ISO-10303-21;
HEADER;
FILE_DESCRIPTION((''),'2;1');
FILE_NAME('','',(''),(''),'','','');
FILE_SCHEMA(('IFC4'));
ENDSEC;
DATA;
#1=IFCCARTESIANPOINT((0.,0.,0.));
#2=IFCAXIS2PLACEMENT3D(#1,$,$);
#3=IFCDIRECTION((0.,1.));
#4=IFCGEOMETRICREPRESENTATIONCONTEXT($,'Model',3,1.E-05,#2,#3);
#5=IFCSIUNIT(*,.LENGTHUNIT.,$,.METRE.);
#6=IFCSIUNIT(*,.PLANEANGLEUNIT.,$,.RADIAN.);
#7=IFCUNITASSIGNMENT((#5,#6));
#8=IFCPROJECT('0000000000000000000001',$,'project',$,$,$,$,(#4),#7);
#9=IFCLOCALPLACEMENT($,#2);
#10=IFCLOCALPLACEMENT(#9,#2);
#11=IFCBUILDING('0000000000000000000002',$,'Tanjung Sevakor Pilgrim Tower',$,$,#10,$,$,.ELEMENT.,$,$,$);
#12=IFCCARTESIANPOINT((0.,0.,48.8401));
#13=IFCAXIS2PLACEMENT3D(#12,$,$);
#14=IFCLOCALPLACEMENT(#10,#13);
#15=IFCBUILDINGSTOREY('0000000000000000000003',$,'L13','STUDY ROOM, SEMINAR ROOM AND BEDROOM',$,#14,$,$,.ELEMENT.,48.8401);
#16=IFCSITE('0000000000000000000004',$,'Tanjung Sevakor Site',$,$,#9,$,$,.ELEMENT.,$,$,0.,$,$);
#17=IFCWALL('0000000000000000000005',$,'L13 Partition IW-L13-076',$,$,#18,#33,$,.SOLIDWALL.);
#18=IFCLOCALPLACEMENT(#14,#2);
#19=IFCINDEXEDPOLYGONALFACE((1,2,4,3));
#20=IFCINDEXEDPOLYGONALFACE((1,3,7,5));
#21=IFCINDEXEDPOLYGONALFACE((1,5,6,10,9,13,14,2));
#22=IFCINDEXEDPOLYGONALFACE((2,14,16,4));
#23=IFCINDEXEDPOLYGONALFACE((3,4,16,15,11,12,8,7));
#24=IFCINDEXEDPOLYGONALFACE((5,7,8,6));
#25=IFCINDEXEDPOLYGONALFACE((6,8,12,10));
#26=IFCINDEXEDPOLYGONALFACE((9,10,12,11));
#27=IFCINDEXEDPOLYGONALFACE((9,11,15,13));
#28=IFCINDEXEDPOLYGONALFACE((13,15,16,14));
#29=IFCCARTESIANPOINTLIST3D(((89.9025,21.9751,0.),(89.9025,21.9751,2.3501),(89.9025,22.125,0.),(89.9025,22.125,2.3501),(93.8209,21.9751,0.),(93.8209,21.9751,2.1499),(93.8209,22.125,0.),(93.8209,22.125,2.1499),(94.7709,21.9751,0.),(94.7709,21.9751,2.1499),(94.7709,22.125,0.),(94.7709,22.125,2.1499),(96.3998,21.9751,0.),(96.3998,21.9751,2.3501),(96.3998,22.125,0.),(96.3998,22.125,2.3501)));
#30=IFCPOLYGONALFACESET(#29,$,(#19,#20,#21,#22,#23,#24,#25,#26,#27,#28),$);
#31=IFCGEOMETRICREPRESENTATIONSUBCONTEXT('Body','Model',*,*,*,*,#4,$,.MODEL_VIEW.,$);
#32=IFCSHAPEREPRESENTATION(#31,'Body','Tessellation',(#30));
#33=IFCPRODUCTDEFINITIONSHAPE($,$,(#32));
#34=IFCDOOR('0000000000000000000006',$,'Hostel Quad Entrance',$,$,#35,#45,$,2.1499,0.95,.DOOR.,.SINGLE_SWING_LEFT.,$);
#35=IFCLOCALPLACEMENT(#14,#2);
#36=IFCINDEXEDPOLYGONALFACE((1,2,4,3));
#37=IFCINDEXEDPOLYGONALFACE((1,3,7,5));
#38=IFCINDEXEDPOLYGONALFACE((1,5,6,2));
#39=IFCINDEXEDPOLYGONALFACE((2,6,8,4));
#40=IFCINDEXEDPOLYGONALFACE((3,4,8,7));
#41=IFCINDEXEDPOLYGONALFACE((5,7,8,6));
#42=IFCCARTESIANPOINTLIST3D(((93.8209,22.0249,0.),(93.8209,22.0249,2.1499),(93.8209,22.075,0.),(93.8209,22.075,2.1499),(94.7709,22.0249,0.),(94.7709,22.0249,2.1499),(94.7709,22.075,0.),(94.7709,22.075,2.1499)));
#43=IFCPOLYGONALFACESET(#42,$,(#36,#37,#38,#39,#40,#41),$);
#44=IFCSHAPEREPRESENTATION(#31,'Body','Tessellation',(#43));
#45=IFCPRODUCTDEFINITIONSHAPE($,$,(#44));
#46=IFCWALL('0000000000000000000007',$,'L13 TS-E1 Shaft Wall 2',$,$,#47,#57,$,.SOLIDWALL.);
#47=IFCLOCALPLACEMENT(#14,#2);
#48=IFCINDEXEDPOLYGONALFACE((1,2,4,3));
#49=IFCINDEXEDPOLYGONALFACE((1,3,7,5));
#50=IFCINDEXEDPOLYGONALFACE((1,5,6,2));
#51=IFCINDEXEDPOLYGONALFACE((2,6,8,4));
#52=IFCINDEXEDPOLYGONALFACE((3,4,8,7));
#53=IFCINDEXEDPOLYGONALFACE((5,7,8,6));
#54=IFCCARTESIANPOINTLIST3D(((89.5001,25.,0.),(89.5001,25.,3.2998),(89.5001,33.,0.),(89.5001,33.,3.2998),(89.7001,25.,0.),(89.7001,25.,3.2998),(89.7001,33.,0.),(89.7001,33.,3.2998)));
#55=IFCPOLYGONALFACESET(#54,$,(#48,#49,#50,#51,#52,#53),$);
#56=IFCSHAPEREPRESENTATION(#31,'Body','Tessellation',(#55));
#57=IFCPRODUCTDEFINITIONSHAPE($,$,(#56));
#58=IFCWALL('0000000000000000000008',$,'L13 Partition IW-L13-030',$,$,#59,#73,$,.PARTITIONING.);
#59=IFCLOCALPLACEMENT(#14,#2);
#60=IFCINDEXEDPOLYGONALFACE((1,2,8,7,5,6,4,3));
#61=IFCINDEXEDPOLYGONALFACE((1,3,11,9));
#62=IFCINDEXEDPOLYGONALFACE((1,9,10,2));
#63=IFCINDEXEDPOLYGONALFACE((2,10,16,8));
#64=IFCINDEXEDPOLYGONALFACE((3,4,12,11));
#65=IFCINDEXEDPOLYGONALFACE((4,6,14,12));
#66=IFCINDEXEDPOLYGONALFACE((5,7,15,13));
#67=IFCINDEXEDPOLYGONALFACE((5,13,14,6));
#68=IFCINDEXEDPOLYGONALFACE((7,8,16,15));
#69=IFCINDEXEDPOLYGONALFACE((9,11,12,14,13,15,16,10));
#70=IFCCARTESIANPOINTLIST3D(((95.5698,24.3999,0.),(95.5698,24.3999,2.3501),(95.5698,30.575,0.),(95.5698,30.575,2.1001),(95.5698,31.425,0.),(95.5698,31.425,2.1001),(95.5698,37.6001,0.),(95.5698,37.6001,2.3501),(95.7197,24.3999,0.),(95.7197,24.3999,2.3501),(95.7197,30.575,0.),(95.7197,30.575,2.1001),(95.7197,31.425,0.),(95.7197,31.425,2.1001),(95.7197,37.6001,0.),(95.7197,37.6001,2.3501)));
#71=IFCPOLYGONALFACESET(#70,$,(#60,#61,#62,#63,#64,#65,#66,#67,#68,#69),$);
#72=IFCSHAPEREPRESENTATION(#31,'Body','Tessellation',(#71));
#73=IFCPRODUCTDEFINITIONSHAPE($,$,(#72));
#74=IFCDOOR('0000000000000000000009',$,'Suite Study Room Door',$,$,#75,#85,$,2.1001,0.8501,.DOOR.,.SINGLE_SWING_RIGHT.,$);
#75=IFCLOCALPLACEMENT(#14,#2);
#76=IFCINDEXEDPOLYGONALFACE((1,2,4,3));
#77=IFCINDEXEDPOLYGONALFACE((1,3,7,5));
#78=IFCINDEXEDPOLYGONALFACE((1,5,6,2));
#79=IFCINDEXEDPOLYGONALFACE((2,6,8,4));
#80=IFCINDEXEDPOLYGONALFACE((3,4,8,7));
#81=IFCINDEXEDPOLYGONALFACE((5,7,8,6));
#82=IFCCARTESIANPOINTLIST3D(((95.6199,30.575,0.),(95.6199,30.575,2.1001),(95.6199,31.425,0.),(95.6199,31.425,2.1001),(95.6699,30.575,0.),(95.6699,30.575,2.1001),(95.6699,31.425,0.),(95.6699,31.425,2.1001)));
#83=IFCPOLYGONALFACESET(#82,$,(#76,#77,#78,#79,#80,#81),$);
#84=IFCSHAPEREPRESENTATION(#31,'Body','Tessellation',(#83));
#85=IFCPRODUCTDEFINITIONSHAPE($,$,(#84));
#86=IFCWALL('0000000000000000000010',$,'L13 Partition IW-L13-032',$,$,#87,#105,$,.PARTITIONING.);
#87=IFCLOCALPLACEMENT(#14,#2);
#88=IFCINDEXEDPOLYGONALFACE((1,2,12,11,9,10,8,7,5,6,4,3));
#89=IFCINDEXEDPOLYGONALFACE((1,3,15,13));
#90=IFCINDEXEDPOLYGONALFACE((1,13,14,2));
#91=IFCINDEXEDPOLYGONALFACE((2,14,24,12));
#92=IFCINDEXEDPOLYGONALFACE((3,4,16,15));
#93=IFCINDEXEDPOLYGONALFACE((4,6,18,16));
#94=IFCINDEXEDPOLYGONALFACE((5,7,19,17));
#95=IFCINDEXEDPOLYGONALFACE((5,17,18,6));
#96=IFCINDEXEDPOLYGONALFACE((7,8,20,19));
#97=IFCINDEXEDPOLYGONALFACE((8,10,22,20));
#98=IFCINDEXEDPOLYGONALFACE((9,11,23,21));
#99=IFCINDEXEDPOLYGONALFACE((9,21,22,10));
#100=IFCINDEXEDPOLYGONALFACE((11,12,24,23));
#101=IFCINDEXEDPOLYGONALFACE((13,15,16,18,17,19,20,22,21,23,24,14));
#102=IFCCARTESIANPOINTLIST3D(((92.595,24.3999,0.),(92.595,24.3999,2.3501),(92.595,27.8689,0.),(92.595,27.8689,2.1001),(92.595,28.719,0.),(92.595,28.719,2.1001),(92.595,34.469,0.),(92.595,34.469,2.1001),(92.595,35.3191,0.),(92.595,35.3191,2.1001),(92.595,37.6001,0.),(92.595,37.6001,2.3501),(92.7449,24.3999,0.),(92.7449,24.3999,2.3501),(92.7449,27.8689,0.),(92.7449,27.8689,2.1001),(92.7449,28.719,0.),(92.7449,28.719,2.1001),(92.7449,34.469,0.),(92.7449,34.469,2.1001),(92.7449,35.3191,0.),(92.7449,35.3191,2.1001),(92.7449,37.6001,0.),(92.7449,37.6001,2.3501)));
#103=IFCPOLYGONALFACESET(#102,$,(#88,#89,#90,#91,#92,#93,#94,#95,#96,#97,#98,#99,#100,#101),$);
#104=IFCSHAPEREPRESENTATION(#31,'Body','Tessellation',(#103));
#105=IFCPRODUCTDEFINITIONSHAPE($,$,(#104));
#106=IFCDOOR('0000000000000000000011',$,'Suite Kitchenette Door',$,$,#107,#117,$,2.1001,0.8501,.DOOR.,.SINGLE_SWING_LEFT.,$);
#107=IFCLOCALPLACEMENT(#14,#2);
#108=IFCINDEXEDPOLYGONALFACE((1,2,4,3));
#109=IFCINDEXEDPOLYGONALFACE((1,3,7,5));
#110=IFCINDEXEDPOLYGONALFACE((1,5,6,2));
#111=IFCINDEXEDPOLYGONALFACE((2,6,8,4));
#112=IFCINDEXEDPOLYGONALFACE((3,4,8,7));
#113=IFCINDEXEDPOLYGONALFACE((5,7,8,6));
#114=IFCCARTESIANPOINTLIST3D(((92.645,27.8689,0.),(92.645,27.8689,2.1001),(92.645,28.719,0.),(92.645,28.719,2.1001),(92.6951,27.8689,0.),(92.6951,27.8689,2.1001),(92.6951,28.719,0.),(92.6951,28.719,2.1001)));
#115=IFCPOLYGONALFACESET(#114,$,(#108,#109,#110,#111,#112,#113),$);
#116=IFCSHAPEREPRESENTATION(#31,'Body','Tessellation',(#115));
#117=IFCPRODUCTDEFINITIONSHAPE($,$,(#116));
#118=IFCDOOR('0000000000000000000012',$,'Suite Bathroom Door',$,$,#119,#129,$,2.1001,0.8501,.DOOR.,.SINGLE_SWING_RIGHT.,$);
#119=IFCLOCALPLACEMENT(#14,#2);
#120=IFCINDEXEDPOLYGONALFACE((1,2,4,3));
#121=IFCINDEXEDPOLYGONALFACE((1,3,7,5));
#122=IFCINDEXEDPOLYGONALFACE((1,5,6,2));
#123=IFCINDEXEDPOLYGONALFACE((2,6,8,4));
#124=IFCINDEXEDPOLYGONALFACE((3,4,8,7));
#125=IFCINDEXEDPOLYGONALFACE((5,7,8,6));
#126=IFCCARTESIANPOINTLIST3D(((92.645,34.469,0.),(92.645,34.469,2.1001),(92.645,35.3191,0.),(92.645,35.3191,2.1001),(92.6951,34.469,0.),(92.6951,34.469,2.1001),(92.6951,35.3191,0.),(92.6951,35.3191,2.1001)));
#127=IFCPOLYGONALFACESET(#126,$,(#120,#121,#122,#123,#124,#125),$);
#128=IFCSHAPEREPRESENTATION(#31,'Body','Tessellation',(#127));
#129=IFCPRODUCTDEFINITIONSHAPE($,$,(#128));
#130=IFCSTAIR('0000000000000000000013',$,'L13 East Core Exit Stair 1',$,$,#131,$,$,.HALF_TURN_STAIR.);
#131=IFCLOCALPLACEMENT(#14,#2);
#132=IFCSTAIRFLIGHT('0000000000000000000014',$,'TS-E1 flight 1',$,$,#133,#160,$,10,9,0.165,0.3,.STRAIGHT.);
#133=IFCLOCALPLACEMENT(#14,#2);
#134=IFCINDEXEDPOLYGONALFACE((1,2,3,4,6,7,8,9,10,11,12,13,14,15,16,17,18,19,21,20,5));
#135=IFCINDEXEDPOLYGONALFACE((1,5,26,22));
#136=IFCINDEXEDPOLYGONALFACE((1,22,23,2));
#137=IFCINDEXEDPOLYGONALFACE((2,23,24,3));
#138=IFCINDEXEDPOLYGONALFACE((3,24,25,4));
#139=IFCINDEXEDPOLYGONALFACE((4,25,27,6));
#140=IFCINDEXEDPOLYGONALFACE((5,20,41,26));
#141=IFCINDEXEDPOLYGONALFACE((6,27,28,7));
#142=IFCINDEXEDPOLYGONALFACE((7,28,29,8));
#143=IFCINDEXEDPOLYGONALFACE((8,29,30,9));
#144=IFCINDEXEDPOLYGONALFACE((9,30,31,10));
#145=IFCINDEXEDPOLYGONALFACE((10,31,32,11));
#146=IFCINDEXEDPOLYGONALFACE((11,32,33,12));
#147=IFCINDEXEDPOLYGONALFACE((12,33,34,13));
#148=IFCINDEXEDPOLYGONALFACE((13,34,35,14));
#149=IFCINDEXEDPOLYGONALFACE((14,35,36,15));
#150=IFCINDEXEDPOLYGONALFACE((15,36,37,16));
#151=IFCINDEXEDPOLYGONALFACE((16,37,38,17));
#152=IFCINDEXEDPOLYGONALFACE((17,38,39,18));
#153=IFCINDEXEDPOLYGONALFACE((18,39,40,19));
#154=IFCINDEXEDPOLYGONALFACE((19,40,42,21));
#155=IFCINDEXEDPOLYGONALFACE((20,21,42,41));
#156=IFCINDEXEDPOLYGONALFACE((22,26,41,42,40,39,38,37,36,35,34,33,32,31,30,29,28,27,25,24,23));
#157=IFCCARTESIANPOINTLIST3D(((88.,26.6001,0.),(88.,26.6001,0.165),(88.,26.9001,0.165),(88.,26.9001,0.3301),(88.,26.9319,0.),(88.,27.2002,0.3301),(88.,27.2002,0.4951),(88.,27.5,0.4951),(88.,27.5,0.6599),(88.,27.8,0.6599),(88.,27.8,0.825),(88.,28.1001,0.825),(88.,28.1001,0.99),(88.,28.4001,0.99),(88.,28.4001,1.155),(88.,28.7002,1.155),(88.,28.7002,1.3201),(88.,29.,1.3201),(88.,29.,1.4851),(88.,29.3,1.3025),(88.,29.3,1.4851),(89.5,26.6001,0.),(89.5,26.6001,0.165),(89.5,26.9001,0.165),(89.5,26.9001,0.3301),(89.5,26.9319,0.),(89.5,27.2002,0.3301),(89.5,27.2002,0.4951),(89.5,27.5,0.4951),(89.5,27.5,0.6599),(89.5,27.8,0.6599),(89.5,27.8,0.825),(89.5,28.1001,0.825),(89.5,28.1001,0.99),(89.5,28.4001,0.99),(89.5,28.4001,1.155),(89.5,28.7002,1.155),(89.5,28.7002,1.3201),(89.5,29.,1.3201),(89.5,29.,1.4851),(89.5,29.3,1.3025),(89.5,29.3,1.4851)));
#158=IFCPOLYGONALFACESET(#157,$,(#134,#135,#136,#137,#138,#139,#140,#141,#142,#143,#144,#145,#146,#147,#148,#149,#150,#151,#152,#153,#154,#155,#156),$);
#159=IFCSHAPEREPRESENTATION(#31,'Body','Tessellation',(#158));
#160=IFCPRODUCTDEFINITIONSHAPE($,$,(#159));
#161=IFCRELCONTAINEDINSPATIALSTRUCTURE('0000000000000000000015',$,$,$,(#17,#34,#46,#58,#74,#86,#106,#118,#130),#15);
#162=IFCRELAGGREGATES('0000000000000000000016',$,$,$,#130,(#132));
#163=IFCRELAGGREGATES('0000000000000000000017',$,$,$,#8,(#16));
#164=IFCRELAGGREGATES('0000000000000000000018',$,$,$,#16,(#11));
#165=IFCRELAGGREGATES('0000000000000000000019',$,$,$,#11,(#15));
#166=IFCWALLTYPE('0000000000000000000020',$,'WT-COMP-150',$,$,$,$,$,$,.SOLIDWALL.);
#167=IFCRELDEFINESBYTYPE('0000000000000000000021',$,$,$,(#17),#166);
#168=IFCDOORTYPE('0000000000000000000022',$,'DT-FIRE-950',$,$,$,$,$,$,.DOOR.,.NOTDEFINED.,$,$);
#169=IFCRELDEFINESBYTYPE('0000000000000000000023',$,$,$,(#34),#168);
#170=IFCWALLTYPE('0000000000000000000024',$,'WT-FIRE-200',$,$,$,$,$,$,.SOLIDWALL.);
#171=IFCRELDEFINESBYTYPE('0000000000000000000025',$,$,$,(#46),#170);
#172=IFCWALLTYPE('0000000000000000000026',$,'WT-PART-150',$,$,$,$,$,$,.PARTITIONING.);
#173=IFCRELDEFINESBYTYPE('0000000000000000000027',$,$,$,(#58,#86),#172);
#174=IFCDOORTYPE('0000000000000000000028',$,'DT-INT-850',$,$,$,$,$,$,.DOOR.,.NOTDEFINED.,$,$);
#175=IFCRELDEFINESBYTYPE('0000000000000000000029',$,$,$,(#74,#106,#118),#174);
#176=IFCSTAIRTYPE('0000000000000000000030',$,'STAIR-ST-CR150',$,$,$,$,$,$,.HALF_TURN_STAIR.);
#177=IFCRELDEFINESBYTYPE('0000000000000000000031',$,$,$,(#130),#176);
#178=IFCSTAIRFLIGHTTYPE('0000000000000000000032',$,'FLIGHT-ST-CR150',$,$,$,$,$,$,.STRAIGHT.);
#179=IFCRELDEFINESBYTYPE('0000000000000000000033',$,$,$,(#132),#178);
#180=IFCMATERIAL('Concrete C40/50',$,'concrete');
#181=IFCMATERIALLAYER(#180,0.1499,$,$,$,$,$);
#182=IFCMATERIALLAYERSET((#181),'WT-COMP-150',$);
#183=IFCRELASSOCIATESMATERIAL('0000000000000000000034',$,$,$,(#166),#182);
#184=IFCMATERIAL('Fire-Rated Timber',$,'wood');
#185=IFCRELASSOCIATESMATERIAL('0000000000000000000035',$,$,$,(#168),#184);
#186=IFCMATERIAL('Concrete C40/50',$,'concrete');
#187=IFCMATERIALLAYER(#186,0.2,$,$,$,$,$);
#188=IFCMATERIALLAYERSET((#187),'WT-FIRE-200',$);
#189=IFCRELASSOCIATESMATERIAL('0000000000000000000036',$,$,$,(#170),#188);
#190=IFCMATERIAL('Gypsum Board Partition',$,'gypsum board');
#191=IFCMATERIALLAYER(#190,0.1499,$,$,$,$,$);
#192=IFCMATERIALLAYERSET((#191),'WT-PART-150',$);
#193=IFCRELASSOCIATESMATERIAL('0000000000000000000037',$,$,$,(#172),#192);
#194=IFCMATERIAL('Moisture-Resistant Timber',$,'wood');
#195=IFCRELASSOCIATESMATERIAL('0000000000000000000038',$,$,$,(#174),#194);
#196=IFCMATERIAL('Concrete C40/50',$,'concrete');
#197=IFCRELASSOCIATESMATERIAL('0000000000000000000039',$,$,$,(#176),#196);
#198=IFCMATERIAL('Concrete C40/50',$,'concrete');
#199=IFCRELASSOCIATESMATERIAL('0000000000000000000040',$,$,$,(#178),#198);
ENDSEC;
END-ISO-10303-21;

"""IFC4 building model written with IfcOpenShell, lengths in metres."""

from ifc_helpers import new_model, si_unit, direction, frame, frame_2d, origin, place, context, subcontext, project, spatial, polyline, rectangle, outline, extrude, material, layer, layer_set, type_object, element, fill, aggregate, save


model = new_model("IFC4")

# Units and contexts
model_context = context("Model", 3, precision=1e-05, world=origin(), true_north=direction((0.0, 1.0)))
body_context = subcontext(model_context, "Body", "Model", "MODEL_VIEW")
ifc_project = project(units=[si_unit("LENGTHUNIT", "METRE"), si_unit("PLANEANGLEUNIT", "RADIAN")], contexts=[model_context])

# Site, building, storey
site_placement = place(None, origin())
site = spatial("IfcSite", under=ifc_project, at=site_placement, Name="Tanjung Sevakor Site", CompositionType="ELEMENT", RefElevation=0.0)
building_placement = place(site_placement, origin())
building = spatial("IfcBuilding", under=site, at=building_placement, Name="Tanjung Sevakor Pilgrim Tower", CompositionType="ELEMENT")
storey_placement = place(building_placement, frame((0.0, 0.0, 48.8401)))
storey = spatial("IfcBuildingStorey", under=building, at=storey_placement, Name="L13", Description="STUDY ROOM, SEMINAR ROOM AND BEDROOM", CompositionType="ELEMENT", Elevation=48.8401)

# Wall, opening, door
ifc_material_1 = material(Name="Concrete C40/50", Category="concrete")
ifc_layer_1 = layer(ifc_material_1, 0.1499)
ifc_layer_set_1 = layer_set([ifc_layer_1], Name="WT-COMP-150")
wall_type_1 = type_object("IfcWallType", Name="WT-COMP-150", PredefinedType="SOLIDWALL", material=ifc_layer_set_1)
ifc_material_2 = material(Name="Fire-Rated Timber", Category="wood")
door_type_1 = type_object("IfcDoorType", Name="DT-FIRE-950", OperationType="NOTDEFINED", PredefinedType="DOOR", material=ifc_material_2)
wall_1_placement = place(storey_placement, frame((89.9026, 22.05, 0.0), z_axis=(0.0, 0.0, 1.0), x_axis=(1.0, 0.0, 0.0)))
wall_1 = element("IfcWall", 1, at=wall_1_placement, inside=storey, type_object=wall_type_1, Name="L13 Partition IW-L13-076", PredefinedType="SOLIDWALL", context=body_context, shape_type="SweptSolid", body=[
    extrude(rectangle(XDim=6.4973, YDim=0.1499, at=frame_2d((3.2485, 0.0))), origin(), (0.0, 0.0, 1.0), 2.3501),
])
opening_1_placement = place(wall_1_placement, frame((3.9182, 0.0, 0.0)))
opening_1 = element("IfcOpeningElement", 2, at=opening_1_placement, cuts=wall_1, PredefinedType="OPENING", context=body_context, shape_type="SweptSolid", body=[
    extrude(rectangle(XDim=0.95, YDim=2.1499, at=frame_2d((0.4751, 1.075))), frame((0.0, 0.085, 0.0), z_axis=(0.0, -1.0, 0.0), x_axis=(1.0, 0.0, 0.0)), (0.0, 0.0, 1.0), 0.1699),
])
door_1_placement = place(opening_1_placement, origin())
door_1 = element("IfcDoor", 3, at=door_1_placement, inside=storey, type_object=door_type_1, Name="Hostel Quad Entrance", OperationType="SINGLE_SWING_LEFT", OverallHeight=2.1499, OverallWidth=0.95, PredefinedType="DOOR", context=body_context, shape_type="SweptSolid", body=[
    extrude(rectangle(XDim=0.95, YDim=2.1499, at=frame_2d((0.4751, 1.075))), frame((0.0, 0.0249, 0.0), z_axis=(0.0, -1.0, 0.0), x_axis=(1.0, 0.0, 0.0)), (0.0, 0.0, 1.0), 0.05),
])
fill(opening_1, door_1)

# Wall
ifc_material_3 = material(Name="Concrete C40/50", Category="concrete")
ifc_layer_2 = layer(ifc_material_3, 0.2)
ifc_layer_set_2 = layer_set([ifc_layer_2], Name="WT-FIRE-200")
wall_type_2 = type_object("IfcWallType", Name="WT-FIRE-200", PredefinedType="SOLIDWALL", material=ifc_layer_set_2)
wall_2_placement = place(storey_placement, frame((89.6001, 25.0, 0.0), z_axis=(0.0, 0.0, 1.0), x_axis=(0.0, 1.0, 0.0)))
element("IfcWall", 4, at=wall_2_placement, inside=storey, type_object=wall_type_2, Name="L13 TS-E1 Shaft Wall 2", PredefinedType="SOLIDWALL", context=body_context, shape_type="SweptSolid", body=[
    extrude(rectangle(XDim=8.0, YDim=0.2, at=frame_2d((4.0, 0.0))), origin(), (0.0, 0.0, 1.0), 3.2998),
])

# Wall, opening, door
ifc_material_4 = material(Name="Gypsum Board Partition", Category="gypsum board")
ifc_layer_3 = layer(ifc_material_4, 0.1499)
ifc_layer_set_3 = layer_set([ifc_layer_3], Name="WT-PART-150")
wall_type_3 = type_object("IfcWallType", Name="WT-PART-150", PredefinedType="PARTITIONING", material=ifc_layer_set_3)
wall_3_placement = place(storey_placement, frame((95.6448, 24.3999, 0.0), z_axis=(0.0, 0.0, 1.0), x_axis=(0.0, 1.0, 0.0)))
wall_3 = element("IfcWall", 5, at=wall_3_placement, inside=storey, type_object=wall_type_3, Name="L13 Partition IW-L13-030", PredefinedType="PARTITIONING", context=body_context, shape_type="SweptSolid", body=[
    extrude(rectangle(XDim=13.2002, YDim=0.1499, at=frame_2d((6.6001, 0.0))), origin(), (0.0, 0.0, 1.0), 2.3501),
])
opening_2_placement = place(wall_3_placement, frame((6.175, 0.0, 0.0)))
opening_2 = element("IfcOpeningElement", 6, at=opening_2_placement, cuts=wall_3, PredefinedType="OPENING", context=body_context, shape_type="SweptSolid", body=[
    extrude(rectangle(XDim=0.8501, YDim=2.1001, at=frame_2d((0.425, 1.05))), frame((0.0, 0.085, 0.0), z_axis=(0.0, -1.0, 0.0), x_axis=(1.0, 0.0, 0.0)), (0.0, 0.0, 1.0), 0.1699),
])
ifc_material_5 = material(Name="Moisture-Resistant Timber", Category="wood")
door_type_2 = type_object("IfcDoorType", Name="DT-INT-850", OperationType="NOTDEFINED", PredefinedType="DOOR", material=ifc_material_5)
door_2_placement = place(opening_2_placement, origin())
door_2 = element("IfcDoor", 7, at=door_2_placement, inside=storey, type_object=door_type_2, Name="Suite Study Room Door", OperationType="SINGLE_SWING_RIGHT", OverallHeight=2.1001, OverallWidth=0.8501, PredefinedType="DOOR", context=body_context, shape_type="SweptSolid", body=[
    extrude(rectangle(XDim=0.8501, YDim=2.1001, at=frame_2d((0.425, 1.05))), frame((0.0, 0.0249, 0.0), z_axis=(0.0, -1.0, 0.0), x_axis=(1.0, 0.0, 0.0)), (0.0, 0.0, 1.0), 0.05),
])
fill(opening_2, door_2)

# Wall, openings, doors
wall_4_placement = place(storey_placement, frame((92.6699, 24.3999, 0.0), z_axis=(0.0, 0.0, 1.0), x_axis=(0.0, 1.0, 0.0)))
wall_4 = element("IfcWall", 8, at=wall_4_placement, inside=storey, type_object=wall_type_3, Name="L13 Partition IW-L13-032", PredefinedType="PARTITIONING", context=body_context, shape_type="SweptSolid", body=[
    extrude(rectangle(XDim=13.2002, YDim=0.1499, at=frame_2d((6.6001, 0.0))), origin(), (0.0, 0.0, 1.0), 2.3501),
])
opening_3_placement = place(wall_4_placement, frame((3.469, 0.0, 0.0)))
opening_3 = element("IfcOpeningElement", 9, at=opening_3_placement, cuts=wall_4, PredefinedType="OPENING", context=body_context, shape_type="SweptSolid", body=[
    extrude(rectangle(XDim=0.8501, YDim=2.1001, at=frame_2d((0.425, 1.05))), frame((0.0, 0.085, 0.0), z_axis=(0.0, -1.0, 0.0), x_axis=(1.0, 0.0, 0.0)), (0.0, 0.0, 1.0), 0.1699),
])
opening_4_placement = place(wall_4_placement, frame((10.0691, 0.0, 0.0)))
opening_4 = element("IfcOpeningElement", 10, at=opening_4_placement, cuts=wall_4, PredefinedType="OPENING", context=body_context, shape_type="SweptSolid", body=[
    extrude(rectangle(XDim=0.8501, YDim=2.1001, at=frame_2d((0.425, 1.05))), frame((0.0, 0.085, 0.0), z_axis=(0.0, -1.0, 0.0), x_axis=(1.0, 0.0, 0.0)), (0.0, 0.0, 1.0), 0.1699),
])
door_3_placement = place(opening_3_placement, origin())
door_3 = element("IfcDoor", 11, at=door_3_placement, inside=storey, type_object=door_type_2, Name="Suite Kitchenette Door", OperationType="SINGLE_SWING_LEFT", OverallHeight=2.1001, OverallWidth=0.8501, PredefinedType="DOOR", context=body_context, shape_type="SweptSolid", body=[
    extrude(rectangle(XDim=0.8501, YDim=2.1001, at=frame_2d((0.425, 1.05))), frame((0.0, 0.0249, 0.0), z_axis=(0.0, -1.0, 0.0), x_axis=(1.0, 0.0, 0.0)), (0.0, 0.0, 1.0), 0.05),
])
fill(opening_3, door_3)
door_4_placement = place(opening_4_placement, origin())
door_4 = element("IfcDoor", 12, at=door_4_placement, inside=storey, type_object=door_type_2, Name="Suite Bathroom Door", OperationType="SINGLE_SWING_RIGHT", OverallHeight=2.1001, OverallWidth=0.8501, PredefinedType="DOOR", context=body_context, shape_type="SweptSolid", body=[
    extrude(rectangle(XDim=0.8501, YDim=2.1001, at=frame_2d((0.425, 1.05))), frame((0.0, 0.0249, 0.0), z_axis=(0.0, -1.0, 0.0), x_axis=(1.0, 0.0, 0.0)), (0.0, 0.0, 1.0), 0.05),
])
fill(opening_4, door_4)

# Stair, stair flight
ifc_material_6 = material(Name="Concrete C40/50", Category="concrete")
stair_type = type_object("IfcStairType", Name="STAIR-ST-CR150", PredefinedType="HALF_TURN_STAIR", material=ifc_material_6)
stair_placement = place(storey_placement, origin())
stair = element("IfcStair", 13, at=stair_placement, inside=storey, type_object=stair_type, Name="L13 East Core Exit Stair 1", PredefinedType="HALF_TURN_STAIR")
ifc_material_7 = material(Name="Concrete C40/50", Category="concrete")
stair_flight_type = type_object("IfcStairFlightType", Name="FLIGHT-ST-CR150", PredefinedType="STRAIGHT", material=ifc_material_7)
stair_flight_placement = place(storey_placement, frame((88.75, 26.6001, 0.0), z_axis=(0.0, 0.0, 1.0), x_axis=(0.0, 1.0, 0.0)))
stair_flight = element("IfcStairFlight", 14, at=stair_flight_placement, type_object=stair_flight_type, Name="TS-E1 flight 1", NumberOfRisers=10, NumberOfTreads=9, PredefinedType="STRAIGHT", RiserHeight=0.165, TreadLength=0.3, context=body_context, shape_type="SweptSolid", body=[
    extrude(outline(polyline([(0.0, 0.0), (0.0, 0.165), (0.3, 0.165), (0.3, 0.3301), (0.6001, 0.3301), (0.6001, 0.4951), (0.8999, 0.4951), (0.8999, 0.6599), (1.2, 0.6599), (1.2, 0.825), (1.5, 0.825), (1.5, 0.99), (1.8, 0.99), (1.8, 1.155), (2.1001, 1.155), (2.1001, 1.3201), (2.3999, 1.3201), (2.3999, 1.4851), (2.7, 1.4851), (2.7, 1.6499), (2.7, 1.3025), (0.3318, 0.0), (0.0, 0.0)])), frame((0.0, 0.75, 0.0), z_axis=(0.0, -1.0, 0.0), x_axis=(1.0, 0.0, 0.0)), (0.0, 0.0, 1.0), 1.5),
])
aggregate(stair, [stair_flight])

save(model, "model.ifc")
